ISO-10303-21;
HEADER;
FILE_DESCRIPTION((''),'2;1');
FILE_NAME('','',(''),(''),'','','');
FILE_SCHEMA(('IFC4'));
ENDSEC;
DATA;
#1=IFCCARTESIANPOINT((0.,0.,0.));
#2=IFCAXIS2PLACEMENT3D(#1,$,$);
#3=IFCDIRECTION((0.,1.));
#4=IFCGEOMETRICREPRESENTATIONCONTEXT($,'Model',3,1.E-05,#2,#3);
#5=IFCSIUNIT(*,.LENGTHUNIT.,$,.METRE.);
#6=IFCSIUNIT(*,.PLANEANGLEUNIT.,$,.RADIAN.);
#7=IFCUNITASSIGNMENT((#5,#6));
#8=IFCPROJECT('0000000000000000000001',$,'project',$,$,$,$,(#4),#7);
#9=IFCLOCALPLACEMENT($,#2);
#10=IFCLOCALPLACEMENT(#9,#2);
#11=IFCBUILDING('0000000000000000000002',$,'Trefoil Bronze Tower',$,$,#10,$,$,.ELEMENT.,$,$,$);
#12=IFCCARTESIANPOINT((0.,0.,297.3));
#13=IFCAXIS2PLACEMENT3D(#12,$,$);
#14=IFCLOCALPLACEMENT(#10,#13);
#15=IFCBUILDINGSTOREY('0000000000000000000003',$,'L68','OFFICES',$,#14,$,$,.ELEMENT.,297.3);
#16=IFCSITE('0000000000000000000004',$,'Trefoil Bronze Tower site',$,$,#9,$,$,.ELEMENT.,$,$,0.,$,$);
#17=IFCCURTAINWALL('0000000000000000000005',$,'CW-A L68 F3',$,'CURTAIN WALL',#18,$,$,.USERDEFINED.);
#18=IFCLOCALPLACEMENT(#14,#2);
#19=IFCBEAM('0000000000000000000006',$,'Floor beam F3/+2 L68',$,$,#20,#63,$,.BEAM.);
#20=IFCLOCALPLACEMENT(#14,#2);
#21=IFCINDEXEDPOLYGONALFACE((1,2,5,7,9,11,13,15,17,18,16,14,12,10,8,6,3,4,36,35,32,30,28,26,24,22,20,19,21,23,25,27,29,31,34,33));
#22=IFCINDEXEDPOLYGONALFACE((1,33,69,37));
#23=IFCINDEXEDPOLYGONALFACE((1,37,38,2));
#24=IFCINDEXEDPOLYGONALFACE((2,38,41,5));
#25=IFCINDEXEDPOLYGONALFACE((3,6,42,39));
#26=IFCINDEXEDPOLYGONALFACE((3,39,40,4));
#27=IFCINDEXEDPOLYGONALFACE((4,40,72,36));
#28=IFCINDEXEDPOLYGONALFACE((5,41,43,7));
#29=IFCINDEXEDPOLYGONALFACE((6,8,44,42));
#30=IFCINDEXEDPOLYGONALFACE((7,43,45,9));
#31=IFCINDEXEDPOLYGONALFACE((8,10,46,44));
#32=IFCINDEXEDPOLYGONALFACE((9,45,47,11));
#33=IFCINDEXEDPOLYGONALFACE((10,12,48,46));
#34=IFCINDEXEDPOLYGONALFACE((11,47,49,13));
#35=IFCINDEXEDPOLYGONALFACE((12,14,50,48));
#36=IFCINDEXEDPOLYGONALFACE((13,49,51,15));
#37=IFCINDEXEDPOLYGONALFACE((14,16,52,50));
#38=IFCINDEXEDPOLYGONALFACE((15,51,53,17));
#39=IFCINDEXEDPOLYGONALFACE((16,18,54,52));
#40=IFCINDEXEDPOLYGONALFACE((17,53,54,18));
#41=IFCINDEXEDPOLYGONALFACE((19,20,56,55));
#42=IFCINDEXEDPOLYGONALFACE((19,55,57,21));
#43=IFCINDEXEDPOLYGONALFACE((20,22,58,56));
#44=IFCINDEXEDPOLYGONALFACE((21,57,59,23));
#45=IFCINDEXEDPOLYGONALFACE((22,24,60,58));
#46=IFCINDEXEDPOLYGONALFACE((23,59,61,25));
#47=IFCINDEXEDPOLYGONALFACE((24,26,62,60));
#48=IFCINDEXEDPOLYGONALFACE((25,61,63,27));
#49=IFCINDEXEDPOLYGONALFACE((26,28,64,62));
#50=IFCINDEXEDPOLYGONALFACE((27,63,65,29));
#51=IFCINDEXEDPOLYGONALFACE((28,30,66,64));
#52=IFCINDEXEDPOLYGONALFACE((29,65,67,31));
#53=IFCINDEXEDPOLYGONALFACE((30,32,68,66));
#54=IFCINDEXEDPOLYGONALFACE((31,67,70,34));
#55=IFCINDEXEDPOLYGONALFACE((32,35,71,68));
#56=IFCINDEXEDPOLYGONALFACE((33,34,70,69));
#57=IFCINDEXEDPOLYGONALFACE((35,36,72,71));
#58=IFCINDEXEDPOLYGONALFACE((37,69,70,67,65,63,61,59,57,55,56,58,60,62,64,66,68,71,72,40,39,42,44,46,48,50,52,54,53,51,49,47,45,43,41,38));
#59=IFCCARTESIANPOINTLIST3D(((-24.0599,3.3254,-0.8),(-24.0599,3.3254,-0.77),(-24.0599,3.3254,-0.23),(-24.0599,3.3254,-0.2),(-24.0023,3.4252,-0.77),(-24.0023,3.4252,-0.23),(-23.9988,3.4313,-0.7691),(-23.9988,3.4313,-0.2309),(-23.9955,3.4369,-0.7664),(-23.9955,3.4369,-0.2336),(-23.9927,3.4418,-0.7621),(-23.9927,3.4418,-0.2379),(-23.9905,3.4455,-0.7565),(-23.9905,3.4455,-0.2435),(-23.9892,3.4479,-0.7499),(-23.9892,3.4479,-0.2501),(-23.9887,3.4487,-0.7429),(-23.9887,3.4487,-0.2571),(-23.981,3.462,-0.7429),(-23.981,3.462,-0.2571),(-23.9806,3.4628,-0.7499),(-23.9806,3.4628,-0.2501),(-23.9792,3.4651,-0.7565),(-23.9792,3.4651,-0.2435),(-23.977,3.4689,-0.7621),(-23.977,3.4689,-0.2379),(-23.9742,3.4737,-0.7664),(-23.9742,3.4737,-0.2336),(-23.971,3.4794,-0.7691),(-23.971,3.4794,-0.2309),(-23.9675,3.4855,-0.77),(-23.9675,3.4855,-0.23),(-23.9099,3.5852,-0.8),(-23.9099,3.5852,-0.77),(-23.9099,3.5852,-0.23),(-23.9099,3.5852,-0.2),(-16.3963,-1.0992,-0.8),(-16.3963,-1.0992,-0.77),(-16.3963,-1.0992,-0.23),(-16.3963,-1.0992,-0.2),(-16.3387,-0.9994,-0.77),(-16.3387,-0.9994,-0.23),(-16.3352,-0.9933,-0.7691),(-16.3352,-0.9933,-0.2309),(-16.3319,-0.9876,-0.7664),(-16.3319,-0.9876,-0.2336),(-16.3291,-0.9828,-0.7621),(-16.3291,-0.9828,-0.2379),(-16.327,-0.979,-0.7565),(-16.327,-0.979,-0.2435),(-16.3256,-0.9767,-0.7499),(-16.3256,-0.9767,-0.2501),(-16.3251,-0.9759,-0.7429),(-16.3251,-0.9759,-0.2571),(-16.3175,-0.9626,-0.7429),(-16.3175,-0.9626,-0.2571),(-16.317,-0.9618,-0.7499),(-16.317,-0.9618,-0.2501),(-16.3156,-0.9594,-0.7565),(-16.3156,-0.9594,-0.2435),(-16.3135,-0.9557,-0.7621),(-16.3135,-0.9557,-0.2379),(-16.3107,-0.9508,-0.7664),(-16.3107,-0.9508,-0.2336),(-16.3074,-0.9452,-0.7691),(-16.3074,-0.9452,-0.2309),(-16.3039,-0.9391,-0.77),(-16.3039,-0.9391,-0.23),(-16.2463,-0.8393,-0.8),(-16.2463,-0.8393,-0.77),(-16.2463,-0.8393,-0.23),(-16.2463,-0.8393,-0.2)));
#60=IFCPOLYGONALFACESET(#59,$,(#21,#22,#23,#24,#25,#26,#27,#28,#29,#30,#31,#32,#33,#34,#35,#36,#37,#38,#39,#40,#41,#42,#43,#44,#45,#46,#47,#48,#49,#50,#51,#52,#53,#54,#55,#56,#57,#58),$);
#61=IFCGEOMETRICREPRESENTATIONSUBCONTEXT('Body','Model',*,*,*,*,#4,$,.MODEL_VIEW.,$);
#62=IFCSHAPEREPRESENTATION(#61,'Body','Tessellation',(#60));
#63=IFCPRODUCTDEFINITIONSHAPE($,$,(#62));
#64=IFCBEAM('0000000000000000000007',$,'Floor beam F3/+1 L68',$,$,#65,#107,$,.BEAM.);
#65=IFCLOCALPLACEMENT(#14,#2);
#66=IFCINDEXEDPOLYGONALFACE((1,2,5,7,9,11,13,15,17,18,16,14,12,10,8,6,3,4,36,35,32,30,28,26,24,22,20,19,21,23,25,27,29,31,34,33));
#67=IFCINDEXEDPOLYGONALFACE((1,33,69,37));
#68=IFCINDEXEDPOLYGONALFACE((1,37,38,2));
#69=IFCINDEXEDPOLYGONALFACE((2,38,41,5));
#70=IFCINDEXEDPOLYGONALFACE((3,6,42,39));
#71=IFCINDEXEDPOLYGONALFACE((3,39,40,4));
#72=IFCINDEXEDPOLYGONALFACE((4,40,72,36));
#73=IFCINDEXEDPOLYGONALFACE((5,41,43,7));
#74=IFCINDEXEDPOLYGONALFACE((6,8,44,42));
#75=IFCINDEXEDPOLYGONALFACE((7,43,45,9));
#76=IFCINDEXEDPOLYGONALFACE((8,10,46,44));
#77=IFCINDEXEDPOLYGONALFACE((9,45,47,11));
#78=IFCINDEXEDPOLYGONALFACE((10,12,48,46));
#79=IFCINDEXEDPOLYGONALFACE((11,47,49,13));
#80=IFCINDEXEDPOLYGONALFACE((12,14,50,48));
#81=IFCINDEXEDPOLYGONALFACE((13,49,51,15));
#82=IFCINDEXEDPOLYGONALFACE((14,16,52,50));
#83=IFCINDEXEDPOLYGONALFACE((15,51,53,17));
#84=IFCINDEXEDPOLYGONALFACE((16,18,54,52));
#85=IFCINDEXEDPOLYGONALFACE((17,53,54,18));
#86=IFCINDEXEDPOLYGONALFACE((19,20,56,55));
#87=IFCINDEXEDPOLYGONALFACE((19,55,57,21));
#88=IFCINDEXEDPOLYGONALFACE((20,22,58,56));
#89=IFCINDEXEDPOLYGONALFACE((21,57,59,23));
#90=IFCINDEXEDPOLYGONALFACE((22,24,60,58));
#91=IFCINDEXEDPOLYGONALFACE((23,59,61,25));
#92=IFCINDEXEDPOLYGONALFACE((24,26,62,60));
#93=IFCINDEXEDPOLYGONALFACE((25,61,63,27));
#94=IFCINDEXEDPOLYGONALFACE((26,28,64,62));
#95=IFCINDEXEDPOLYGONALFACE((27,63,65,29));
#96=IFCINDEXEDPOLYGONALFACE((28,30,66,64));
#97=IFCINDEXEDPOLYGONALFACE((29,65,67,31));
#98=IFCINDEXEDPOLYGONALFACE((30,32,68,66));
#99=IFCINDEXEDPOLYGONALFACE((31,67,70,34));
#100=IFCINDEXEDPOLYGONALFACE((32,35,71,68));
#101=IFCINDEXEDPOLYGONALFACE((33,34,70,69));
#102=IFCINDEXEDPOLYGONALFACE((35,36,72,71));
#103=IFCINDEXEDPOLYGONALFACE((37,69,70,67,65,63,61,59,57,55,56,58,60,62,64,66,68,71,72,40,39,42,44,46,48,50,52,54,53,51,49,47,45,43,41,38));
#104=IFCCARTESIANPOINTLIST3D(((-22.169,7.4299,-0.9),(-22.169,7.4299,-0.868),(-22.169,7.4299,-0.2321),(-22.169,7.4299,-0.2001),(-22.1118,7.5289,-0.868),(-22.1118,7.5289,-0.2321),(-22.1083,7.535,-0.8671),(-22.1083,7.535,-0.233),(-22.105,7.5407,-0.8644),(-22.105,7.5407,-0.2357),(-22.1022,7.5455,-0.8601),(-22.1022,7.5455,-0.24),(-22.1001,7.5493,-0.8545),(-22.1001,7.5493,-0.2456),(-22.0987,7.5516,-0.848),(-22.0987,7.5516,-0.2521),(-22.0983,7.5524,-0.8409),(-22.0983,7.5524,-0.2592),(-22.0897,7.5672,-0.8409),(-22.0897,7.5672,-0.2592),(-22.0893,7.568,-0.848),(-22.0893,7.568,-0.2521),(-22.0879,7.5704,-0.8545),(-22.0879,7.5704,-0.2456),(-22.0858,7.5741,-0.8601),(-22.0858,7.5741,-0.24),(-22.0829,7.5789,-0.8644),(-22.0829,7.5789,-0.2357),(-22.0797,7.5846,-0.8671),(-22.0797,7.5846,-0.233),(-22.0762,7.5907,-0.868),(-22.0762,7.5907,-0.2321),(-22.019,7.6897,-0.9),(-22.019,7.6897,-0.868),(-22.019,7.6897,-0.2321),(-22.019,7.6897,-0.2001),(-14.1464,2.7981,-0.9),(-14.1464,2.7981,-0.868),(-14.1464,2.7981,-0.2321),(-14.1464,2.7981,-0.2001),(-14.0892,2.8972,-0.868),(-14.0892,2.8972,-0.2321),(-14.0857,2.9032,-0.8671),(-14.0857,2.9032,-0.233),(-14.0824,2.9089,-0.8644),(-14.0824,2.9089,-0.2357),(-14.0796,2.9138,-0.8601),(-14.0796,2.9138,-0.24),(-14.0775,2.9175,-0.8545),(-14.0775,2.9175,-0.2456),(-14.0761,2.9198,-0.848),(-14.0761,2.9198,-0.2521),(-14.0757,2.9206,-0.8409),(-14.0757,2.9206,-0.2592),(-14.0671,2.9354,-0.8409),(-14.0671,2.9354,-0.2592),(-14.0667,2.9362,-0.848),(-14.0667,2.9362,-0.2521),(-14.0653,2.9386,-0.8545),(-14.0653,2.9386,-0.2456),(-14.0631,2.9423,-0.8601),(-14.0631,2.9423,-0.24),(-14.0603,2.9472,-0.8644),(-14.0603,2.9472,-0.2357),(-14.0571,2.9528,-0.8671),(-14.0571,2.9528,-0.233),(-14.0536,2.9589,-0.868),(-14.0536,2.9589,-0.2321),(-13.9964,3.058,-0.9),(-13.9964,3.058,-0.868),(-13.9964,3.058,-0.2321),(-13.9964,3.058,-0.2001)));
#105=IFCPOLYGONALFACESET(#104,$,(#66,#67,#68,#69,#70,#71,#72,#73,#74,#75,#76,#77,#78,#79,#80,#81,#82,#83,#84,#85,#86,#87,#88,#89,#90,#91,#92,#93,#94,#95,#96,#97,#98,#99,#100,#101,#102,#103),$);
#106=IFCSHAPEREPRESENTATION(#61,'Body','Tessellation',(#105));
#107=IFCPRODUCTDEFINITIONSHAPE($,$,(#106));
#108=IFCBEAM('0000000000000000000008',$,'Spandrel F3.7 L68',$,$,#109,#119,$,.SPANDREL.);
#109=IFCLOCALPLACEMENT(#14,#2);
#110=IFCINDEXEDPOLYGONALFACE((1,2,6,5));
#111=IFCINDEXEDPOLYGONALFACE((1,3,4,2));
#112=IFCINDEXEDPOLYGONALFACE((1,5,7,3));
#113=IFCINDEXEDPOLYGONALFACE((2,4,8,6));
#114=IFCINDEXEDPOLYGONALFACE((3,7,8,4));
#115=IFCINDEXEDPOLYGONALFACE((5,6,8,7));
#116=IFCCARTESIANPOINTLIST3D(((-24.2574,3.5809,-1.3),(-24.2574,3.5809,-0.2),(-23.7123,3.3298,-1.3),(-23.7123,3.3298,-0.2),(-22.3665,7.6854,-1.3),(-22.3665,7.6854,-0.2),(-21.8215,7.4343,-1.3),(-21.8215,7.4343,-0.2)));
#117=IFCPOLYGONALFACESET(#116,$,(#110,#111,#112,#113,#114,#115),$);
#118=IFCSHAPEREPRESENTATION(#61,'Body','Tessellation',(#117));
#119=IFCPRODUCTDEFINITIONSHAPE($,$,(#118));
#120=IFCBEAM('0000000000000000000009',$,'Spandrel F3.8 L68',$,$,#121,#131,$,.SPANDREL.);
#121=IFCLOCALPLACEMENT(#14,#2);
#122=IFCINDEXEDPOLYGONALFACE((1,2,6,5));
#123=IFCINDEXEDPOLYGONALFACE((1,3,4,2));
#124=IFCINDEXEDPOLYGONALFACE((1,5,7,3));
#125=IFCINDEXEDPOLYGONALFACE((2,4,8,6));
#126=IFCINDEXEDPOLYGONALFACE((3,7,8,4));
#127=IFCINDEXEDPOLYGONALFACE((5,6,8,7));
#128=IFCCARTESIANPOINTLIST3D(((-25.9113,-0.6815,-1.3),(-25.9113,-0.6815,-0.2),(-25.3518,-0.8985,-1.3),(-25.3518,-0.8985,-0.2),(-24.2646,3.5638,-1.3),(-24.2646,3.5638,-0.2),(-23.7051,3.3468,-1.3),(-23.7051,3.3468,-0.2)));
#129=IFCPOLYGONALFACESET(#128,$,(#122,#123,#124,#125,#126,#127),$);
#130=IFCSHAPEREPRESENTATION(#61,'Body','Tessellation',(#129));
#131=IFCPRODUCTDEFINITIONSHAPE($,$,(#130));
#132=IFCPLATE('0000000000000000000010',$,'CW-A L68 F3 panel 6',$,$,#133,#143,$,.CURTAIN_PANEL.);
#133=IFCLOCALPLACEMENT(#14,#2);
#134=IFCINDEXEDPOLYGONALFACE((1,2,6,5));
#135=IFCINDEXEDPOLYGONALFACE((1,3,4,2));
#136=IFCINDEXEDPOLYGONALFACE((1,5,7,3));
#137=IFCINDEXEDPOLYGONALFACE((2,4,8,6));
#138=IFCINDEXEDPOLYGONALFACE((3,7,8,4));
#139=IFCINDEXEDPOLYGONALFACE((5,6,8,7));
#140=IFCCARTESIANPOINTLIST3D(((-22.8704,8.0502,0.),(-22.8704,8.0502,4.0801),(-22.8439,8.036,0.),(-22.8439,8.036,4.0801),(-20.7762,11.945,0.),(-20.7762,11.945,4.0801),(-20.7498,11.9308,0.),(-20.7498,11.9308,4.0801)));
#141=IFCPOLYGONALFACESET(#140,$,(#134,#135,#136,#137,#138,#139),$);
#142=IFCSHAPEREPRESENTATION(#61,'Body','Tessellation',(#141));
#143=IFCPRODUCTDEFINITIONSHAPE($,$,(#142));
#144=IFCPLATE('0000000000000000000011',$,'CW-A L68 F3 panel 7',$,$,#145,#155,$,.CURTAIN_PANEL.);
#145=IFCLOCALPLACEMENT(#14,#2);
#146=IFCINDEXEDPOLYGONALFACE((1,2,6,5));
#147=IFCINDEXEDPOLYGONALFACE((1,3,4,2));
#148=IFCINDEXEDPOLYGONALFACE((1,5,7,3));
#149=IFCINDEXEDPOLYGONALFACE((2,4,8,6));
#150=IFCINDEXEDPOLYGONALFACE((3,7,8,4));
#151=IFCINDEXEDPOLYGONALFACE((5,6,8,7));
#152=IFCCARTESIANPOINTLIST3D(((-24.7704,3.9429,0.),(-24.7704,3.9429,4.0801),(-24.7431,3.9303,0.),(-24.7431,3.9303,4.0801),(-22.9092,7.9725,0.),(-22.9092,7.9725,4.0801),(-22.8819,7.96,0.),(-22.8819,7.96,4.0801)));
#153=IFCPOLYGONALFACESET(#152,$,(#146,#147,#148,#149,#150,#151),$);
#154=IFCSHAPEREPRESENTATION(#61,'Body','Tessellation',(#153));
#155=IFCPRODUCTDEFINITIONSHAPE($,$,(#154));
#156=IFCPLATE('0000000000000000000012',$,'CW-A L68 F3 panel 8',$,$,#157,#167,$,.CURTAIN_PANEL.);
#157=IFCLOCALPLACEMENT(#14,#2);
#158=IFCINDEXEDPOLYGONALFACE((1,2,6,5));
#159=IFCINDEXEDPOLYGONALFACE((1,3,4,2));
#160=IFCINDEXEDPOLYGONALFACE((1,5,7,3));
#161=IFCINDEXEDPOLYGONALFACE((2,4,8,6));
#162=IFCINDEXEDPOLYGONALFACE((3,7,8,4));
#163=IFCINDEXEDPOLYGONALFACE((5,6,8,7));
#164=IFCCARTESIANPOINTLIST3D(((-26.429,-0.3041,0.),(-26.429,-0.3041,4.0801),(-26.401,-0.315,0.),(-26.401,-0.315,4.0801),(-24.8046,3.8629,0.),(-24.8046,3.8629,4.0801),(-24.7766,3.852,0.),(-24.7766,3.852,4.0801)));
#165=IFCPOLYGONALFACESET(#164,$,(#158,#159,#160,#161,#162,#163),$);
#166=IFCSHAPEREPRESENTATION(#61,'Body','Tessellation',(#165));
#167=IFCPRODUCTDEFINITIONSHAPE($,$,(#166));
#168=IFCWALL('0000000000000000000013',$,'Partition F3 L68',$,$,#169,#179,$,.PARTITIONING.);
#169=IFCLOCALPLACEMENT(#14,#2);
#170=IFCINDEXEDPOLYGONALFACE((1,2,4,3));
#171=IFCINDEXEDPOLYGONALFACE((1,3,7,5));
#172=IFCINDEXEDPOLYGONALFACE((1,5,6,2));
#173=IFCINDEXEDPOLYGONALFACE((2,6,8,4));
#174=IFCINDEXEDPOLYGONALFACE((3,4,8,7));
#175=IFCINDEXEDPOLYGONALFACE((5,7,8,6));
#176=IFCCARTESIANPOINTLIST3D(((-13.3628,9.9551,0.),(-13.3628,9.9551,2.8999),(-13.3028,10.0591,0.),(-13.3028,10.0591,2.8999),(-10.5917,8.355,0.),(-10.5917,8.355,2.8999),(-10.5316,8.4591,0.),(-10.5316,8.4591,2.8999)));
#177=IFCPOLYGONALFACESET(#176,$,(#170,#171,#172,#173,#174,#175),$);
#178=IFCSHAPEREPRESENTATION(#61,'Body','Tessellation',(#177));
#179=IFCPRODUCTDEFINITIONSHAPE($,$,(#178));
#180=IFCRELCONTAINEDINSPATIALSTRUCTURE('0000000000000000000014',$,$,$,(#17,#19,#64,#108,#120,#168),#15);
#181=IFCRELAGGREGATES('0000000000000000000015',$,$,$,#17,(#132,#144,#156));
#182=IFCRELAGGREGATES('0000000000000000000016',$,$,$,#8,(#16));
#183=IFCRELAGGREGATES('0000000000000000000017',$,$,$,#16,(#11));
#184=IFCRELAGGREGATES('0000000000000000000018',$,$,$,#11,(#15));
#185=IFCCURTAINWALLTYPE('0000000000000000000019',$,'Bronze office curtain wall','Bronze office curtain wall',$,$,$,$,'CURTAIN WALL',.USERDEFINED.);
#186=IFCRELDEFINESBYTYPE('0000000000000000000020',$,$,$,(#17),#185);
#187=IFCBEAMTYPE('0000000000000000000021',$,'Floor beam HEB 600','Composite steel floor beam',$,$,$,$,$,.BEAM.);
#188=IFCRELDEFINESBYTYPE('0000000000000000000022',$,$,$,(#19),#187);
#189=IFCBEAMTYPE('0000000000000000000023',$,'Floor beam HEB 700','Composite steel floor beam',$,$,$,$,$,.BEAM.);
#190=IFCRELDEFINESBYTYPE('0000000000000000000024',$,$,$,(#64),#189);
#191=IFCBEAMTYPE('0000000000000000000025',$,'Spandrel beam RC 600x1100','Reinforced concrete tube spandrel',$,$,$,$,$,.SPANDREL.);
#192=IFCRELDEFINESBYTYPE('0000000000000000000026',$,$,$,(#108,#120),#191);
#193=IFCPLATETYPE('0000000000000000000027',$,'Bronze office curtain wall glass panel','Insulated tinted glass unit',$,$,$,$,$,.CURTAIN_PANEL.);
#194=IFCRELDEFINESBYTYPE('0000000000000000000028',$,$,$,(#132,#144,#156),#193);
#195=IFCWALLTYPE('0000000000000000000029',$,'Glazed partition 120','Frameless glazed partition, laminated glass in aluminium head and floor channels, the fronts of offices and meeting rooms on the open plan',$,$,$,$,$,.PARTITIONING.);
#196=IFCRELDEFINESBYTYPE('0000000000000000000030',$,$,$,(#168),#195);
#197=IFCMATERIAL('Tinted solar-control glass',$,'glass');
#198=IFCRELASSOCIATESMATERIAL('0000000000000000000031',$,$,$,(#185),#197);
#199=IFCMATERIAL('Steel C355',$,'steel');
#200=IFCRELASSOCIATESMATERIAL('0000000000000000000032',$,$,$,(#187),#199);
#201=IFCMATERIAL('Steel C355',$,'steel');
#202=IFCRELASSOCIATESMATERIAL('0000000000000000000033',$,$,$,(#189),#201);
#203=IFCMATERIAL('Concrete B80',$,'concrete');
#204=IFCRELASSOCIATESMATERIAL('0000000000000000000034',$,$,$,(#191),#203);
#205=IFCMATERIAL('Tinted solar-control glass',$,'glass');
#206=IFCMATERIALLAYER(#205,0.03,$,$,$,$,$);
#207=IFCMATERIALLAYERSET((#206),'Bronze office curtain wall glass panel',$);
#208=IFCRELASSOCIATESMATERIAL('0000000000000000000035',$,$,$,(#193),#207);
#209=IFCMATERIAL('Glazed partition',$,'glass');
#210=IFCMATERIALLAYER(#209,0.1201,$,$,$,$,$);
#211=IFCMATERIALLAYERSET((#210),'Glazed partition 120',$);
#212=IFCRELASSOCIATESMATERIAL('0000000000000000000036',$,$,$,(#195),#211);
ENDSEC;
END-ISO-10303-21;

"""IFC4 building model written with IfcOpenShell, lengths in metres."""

from ifc_helpers import new_model, si_unit, direction, frame, frame_2d, origin, origin_2d, place, context, subcontext, project, spatial, rectangle, i_section, extrude, material, layer, layer_set, material_profile, profile_set, type_object, element, aggregate, save


model = new_model("IFC4")

# Units and contexts
model_context = context("Model", 3, precision=1e-05, world=origin(), true_north=direction((0.0, 1.0)))
body_context = subcontext(model_context, "Body", "Model", "MODEL_VIEW")
ifc_project = project(units=[si_unit("LENGTHUNIT", "METRE"), si_unit("PLANEANGLEUNIT", "RADIAN")], contexts=[model_context])

# Site, building, storey
site_placement = place(None, origin())
site = spatial("IfcSite", under=ifc_project, at=site_placement, Name="Trefoil Bronze Tower site", CompositionType="ELEMENT", RefElevation=0.0)
building_placement = place(site_placement, origin())
building = spatial("IfcBuilding", under=site, at=building_placement, Name="Trefoil Bronze Tower", CompositionType="ELEMENT")
storey_placement = place(building_placement, frame((0.0, 0.0, 297.3)))
storey = spatial("IfcBuildingStorey", under=building, at=storey_placement, Name="L68", Description="OFFICES", CompositionType="ELEMENT", Elevation=297.3)

# Curtain wall
ifc_material_1 = material(Name="Tinted solar-control glass", Category="glass")
curtain_wall_type = type_object("IfcCurtainWallType", Name="Bronze office curtain wall", Description="Bronze office curtain wall", ElementType="CURTAIN WALL", PredefinedType="USERDEFINED", material=ifc_material_1)
curtain_wall_placement = place(storey_placement, origin())
curtain_wall = element("IfcCurtainWall", 1, at=curtain_wall_placement, inside=storey, type_object=curtain_wall_type, Name="CW-A L68 F3", ObjectType="CURTAIN WALL", PredefinedType="USERDEFINED")

# Beams
ifc_material_2 = material(Name="Steel C355", Category="steel")
ifc_material_profile_1 = material_profile(ifc_material_2, i_section(OverallWidth=0.3, OverallDepth=0.6001, WebThickness=0.0154, FlangeThickness=0.03, FilletRadius=0.0271, at=origin_2d()), Name="HEB 600")
ifc_profile_set_1 = profile_set([ifc_material_profile_1], Name="Steel C355")
beam_type_1 = type_object("IfcBeamType", Name="Floor beam HEB 600", Description="Composite steel floor beam", PredefinedType="BEAM", material=ifc_profile_set_1)
beam_1_placement = place(storey_placement, frame((-23.9849, 3.4553, -0.5), z_axis=(0.866026, -0.499999, 0.0), x_axis=(0.499999, 0.866026, 0.0)))
element("IfcBeam", 2, at=beam_1_placement, inside=storey, type_object=beam_type_1, Name="Floor beam F3/+2 L68", PredefinedType="BEAM", context=body_context, shape_type="SweptSolid", body=[
    extrude(i_section(OverallWidth=0.3, OverallDepth=0.6001, WebThickness=0.0154, FlangeThickness=0.03, FilletRadius=0.0271, at=origin_2d()), origin(), (0.0, 0.0, 1.0), 8.8491),
])
ifc_material_3 = material(Name="Steel C355", Category="steel")
ifc_material_profile_2 = material_profile(ifc_material_3, i_section(OverallWidth=0.3, OverallDepth=0.7, WebThickness=0.0171, FlangeThickness=0.032, FilletRadius=0.0271, at=origin_2d()), Name="HEB 700")
ifc_profile_set_2 = profile_set([ifc_material_profile_2], Name="Steel C355")
beam_type_2 = type_object("IfcBeamType", Name="Floor beam HEB 700", Description="Composite steel floor beam", PredefinedType="BEAM", material=ifc_profile_set_2)
beam_2_placement = place(storey_placement, frame((-22.094, 7.5598, -0.55), z_axis=(0.866029, -0.499994, 0.0), x_axis=(0.499994, 0.866029, 0.0)))
element("IfcBeam", 3, at=beam_2_placement, inside=storey, type_object=beam_type_2, Name="Floor beam F3/+1 L68", PredefinedType="BEAM", context=body_context, shape_type="SweptSolid", body=[
    extrude(i_section(OverallWidth=0.3, OverallDepth=0.7, WebThickness=0.0171, FlangeThickness=0.032, FilletRadius=0.0271, at=origin_2d()), origin(), (0.0, 0.0, 1.0), 9.2637),
])
ifc_material_4 = material(Name="Concrete B80", Category="concrete")
ifc_material_profile_3 = material_profile(ifc_material_4, rectangle(XDim=0.6001, YDim=1.1001, at=origin_2d()), Name="RC 600x1100")
ifc_profile_set_3 = profile_set([ifc_material_profile_3], Name="Concrete B80")
beam_type_3 = type_object("IfcBeamType", Name="Spandrel beam RC 600x1100", Description="Reinforced concrete tube spandrel", PredefinedType="SPANDREL", material=ifc_profile_set_3)
beam_3_placement = place(storey_placement, frame((-22.094, 7.5598, -0.75), z_axis=(-0.418417, -0.908255, 0.0), x_axis=(0.908255, -0.418417, 0.0)))
element("IfcBeam", 4, at=beam_3_placement, inside=storey, type_object=beam_type_3, Name="Spandrel F3.7 L68", PredefinedType="SPANDREL", context=body_context, shape_type="SweptSolid", body=[
    extrude(rectangle(XDim=0.6001, YDim=1.1001, at=origin_2d()), origin(), (0.0, 0.0, 1.0), 4.519),
])
beam_4_placement = place(storey_placement, frame((-23.9849, 3.4553, -0.75), z_axis=(-0.361636, -0.932319, 0.0), x_axis=(0.932319, -0.361636, 0.0)))
element("IfcBeam", 5, at=beam_4_placement, inside=storey, type_object=beam_type_3, Name="Spandrel F3.8 L68", PredefinedType="SPANDREL", context=body_context, shape_type="SweptSolid", body=[
    extrude(rectangle(XDim=0.6001, YDim=1.1001, at=origin_2d()), origin(), (0.0, 0.0, 1.0), 4.5535),
])

# Plates
ifc_material_5 = material(Name="Tinted solar-control glass", Category="glass")
ifc_layer_1 = layer(ifc_material_5, 0.03)
ifc_layer_set_1 = layer_set([ifc_layer_1], Name="Bronze office curtain wall glass panel")
plate_type = type_object("IfcPlateType", Name="Bronze office curtain wall glass panel", Description="Insulated tinted glass unit", PredefinedType="CURTAIN_PANEL", material=ifc_layer_set_1)
plate_1_placement = place(storey_placement, frame((-21.8101, 9.9905, 0.0), z_axis=(0.0, 0.0, 1.0), x_axis=(-0.473562, -0.88076, 0.0)))
plate_1 = element("IfcPlate", 6, at=plate_1_placement, type_object=plate_type, Name="CW-A L68 F3 panel 6", PredefinedType="CURTAIN_PANEL", context=body_context, shape_type="SweptSolid", body=[
    extrude(rectangle(XDim=4.4221, YDim=0.03, at=origin_2d()), origin(), (0.0, 0.0, 1.0), 4.0801),
])
plate_2_placement = place(storey_placement, frame((-23.8262, 5.9514, 0.0), z_axis=(0.0, 0.0, 1.0), x_axis=(-0.419309, -0.907844, 0.0)))
plate_2 = element("IfcPlate", 7, at=plate_2_placement, type_object=plate_type, Name="CW-A L68 F3 panel 7", PredefinedType="CURTAIN_PANEL", context=body_context, shape_type="SweptSolid", body=[
    extrude(rectangle(XDim=4.4387, YDim=0.03, at=origin_2d()), origin(), (0.0, 0.0, 1.0), 4.0801),
])
plate_3_placement = place(storey_placement, frame((-25.6028, 1.7739, 0.0), z_axis=(0.0, 0.0, 1.0), x_axis=(-0.363199, -0.931712, 0.0)))
plate_3 = element("IfcPlate", 8, at=plate_3_placement, type_object=plate_type, Name="CW-A L68 F3 panel 8", PredefinedType="CURTAIN_PANEL", context=body_context, shape_type="SweptSolid", body=[
    extrude(rectangle(XDim=4.4724, YDim=0.03, at=origin_2d()), origin(), (0.0, 0.0, 1.0), 4.0801),
])
aggregate(curtain_wall, [plate_1, plate_2, plate_3])

# Wall
ifc_material_6 = material(Name="Glazed partition", Category="glass")
ifc_layer_2 = layer(ifc_material_6, 0.1201)
ifc_layer_set_2 = layer_set([ifc_layer_2], Name="Glazed partition 120")
wall_type_1 = type_object("IfcWallType", Name="Glazed partition 120", Description="Frameless glazed partition, laminated glass in aluminium head and floor channels, the fronts of offices and meeting rooms on the open plan", PredefinedType="PARTITIONING", material=ifc_layer_set_2)
wall_1_placement = place(storey_placement, frame((-10.5615, 8.407, 0.0), z_axis=(0.0, 0.0, 1.0), x_axis=(-0.866009, 0.500028, 0.0)))
element("IfcWall", 9, at=wall_1_placement, inside=storey, type_object=wall_type_1, Name="Partition F3 L68", PredefinedType="PARTITIONING", context=body_context, shape_type="SweptSolid", body=[
    extrude(rectangle(XDim=3.2, YDim=0.1201, at=frame_2d((1.6001, 0.0))), origin(), (0.0, 0.0, 1.0), 2.8999),
])

save(model, "model.ifc")
